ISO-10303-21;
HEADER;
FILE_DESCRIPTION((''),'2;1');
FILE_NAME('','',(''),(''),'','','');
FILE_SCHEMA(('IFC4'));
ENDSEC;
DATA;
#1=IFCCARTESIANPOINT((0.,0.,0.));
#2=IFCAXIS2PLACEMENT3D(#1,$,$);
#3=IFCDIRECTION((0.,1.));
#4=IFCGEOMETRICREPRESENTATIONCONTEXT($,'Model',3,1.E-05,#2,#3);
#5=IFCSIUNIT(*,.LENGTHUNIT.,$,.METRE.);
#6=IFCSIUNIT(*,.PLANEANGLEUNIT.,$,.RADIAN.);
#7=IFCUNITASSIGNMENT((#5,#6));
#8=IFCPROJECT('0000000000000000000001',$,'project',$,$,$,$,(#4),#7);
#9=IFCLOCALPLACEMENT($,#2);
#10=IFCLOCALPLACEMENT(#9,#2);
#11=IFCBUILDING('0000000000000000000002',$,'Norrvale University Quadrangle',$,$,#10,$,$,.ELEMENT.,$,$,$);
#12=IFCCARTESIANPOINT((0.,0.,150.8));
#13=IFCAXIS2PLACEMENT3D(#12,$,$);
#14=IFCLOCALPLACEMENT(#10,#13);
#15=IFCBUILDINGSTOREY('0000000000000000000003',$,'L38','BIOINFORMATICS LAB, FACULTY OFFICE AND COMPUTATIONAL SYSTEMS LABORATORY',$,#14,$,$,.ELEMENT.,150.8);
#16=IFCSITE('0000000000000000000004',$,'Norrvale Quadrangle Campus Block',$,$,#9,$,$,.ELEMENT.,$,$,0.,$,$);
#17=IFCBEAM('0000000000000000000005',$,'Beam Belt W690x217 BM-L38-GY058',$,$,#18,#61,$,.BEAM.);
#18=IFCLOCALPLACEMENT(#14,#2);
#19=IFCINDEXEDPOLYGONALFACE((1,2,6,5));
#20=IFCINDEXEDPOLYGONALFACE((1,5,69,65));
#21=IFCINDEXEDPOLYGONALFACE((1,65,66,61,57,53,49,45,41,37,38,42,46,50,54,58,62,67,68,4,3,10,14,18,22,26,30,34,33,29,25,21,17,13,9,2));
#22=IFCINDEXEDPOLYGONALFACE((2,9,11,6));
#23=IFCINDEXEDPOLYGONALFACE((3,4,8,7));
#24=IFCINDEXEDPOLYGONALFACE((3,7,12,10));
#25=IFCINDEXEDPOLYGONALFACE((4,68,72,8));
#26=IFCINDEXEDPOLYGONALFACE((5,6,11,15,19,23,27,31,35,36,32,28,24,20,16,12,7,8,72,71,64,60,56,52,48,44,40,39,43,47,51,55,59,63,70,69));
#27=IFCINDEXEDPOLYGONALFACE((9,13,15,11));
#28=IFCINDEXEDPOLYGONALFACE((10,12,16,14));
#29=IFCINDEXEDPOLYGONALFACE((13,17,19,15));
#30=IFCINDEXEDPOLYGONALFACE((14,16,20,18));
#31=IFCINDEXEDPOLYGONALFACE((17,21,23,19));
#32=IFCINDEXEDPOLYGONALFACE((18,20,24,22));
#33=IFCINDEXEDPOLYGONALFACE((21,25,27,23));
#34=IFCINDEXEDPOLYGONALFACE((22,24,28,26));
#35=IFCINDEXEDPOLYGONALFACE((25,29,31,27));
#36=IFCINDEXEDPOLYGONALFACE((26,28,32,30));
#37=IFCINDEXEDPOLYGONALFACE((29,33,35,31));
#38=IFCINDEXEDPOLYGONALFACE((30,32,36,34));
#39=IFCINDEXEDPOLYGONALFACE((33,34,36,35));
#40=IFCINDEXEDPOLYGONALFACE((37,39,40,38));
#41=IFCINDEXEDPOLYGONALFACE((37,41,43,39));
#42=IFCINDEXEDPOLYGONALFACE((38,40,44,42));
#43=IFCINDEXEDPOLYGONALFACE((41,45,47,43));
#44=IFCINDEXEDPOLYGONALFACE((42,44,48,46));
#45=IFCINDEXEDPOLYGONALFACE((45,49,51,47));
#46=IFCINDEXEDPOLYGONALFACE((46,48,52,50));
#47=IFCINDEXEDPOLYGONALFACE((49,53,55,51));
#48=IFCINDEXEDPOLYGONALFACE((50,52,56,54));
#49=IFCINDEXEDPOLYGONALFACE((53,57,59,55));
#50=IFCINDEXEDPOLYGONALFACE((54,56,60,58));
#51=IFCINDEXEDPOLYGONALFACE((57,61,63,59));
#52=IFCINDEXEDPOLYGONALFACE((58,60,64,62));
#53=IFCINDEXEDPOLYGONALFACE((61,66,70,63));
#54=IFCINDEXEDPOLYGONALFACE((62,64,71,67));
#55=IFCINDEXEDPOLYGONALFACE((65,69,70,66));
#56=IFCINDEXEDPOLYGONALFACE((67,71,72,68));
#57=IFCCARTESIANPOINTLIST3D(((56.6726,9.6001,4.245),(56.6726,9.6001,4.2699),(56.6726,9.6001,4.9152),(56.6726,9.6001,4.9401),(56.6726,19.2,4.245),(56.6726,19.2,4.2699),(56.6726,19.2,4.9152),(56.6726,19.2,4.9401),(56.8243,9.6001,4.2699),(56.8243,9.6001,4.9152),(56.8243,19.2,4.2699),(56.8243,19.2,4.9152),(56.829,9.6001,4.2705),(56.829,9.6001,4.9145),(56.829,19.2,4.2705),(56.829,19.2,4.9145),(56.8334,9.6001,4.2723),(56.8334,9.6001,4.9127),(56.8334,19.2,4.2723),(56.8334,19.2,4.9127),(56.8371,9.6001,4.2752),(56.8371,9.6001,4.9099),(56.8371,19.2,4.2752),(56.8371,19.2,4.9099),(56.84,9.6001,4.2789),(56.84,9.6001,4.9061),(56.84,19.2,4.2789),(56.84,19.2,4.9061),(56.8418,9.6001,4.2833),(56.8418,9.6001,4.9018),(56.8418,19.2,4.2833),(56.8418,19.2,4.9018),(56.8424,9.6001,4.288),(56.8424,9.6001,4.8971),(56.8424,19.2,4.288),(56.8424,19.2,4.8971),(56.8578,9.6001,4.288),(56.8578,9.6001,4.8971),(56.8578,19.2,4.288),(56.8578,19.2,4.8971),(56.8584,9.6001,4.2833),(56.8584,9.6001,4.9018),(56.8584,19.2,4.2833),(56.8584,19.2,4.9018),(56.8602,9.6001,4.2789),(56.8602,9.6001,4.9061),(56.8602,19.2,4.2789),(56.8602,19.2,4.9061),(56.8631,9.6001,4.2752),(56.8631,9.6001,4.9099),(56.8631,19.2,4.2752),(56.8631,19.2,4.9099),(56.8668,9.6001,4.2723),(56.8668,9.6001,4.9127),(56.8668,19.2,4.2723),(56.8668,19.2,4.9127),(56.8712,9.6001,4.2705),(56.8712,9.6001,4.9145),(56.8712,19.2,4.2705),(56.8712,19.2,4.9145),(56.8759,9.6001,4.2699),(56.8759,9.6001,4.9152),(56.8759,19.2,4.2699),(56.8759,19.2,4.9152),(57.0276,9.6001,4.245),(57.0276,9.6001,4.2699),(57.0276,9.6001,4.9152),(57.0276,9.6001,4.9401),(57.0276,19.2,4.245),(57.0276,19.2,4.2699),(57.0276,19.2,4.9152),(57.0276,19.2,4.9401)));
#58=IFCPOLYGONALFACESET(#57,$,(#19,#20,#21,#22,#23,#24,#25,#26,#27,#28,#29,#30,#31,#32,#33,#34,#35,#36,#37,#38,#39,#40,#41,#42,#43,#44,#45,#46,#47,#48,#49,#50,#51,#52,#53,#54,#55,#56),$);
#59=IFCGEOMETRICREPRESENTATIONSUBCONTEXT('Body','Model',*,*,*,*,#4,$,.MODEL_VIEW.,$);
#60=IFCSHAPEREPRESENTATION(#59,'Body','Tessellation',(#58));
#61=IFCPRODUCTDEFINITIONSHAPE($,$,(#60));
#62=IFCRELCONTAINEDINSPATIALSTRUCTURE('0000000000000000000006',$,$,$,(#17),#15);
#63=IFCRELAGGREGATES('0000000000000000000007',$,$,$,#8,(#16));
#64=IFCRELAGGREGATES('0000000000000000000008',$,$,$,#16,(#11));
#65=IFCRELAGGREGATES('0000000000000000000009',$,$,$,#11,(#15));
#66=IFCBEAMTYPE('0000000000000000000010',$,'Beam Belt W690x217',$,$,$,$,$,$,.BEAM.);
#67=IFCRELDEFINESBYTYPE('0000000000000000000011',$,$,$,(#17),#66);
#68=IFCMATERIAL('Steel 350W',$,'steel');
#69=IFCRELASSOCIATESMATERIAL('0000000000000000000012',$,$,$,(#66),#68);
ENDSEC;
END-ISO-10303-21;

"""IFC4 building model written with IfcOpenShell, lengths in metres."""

from ifc_helpers import new_model, si_unit, direction, frame, origin, origin_2d, place, context, subcontext, project, spatial, i_section, extrude, material, material_profile, profile_set, type_object, element, save


model = new_model("IFC4")

# Units and contexts
model_context = context("Model", 3, precision=1e-05, world=origin(), true_north=direction((0.0, 1.0)))
body_context = subcontext(model_context, "Body", "Model", "MODEL_VIEW")
ifc_project = project(units=[si_unit("LENGTHUNIT", "METRE"), si_unit("PLANEANGLEUNIT", "RADIAN")], contexts=[model_context])

# Site, building, storey
site_placement = place(None, origin())
site = spatial("IfcSite", under=ifc_project, at=site_placement, Name="Norrvale Quadrangle Campus Block", CompositionType="ELEMENT", RefElevation=0.0)
building_placement = place(site_placement, origin())
building = spatial("IfcBuilding", under=site, at=building_placement, Name="Norrvale University Quadrangle", CompositionType="ELEMENT")
storey_placement = place(building_placement, frame((0.0, 0.0, 150.8)))
storey = spatial("IfcBuildingStorey", under=building, at=storey_placement, Name="L38", Description="BIOINFORMATICS LAB, FACULTY OFFICE AND COMPUTATIONAL SYSTEMS LABORATORY", CompositionType="ELEMENT", Elevation=150.8)

# Beam
ifc_material_1 = material(Name="Steel 350W", Category="steel")
ifc_material_profile_1 = material_profile(ifc_material_1, i_section(OverallWidth=0.355, OverallDepth=0.6951, WebThickness=0.0154, FlangeThickness=0.0249, FilletRadius=0.0181, at=origin_2d()), Name="Steel 350W")
ifc_profile_set_1 = profile_set([ifc_material_profile_1], Name="Steel 350W")
beam_type = type_object("IfcBeamType", Name="Beam Belt W690x217", PredefinedType="BEAM", material=ifc_profile_set_1)
for number, where, z_axis, x_axis, name in (
    (1, (56.8501, 9.6001, 4.5925), (0.0, 1.0, 0.0), (-1.0, 0.0, 0.0), "Beam Belt W690x217 BM-L38-GY058"),
):
    element("IfcBeam", number, at=place(storey_placement, frame(where, z_axis=z_axis, x_axis=x_axis)), inside=storey, type_object=beam_type, Name=name, PredefinedType="BEAM", context=body_context, shape_type="SweptSolid", body=[
        extrude(i_section(OverallWidth=0.355, OverallDepth=0.6951, WebThickness=0.0154, FlangeThickness=0.0249, FilletRadius=0.0181, at=origin_2d()), origin(), (0.0, 0.0, 1.0), 9.5999),
    ])

save(model, "model.ifc")
